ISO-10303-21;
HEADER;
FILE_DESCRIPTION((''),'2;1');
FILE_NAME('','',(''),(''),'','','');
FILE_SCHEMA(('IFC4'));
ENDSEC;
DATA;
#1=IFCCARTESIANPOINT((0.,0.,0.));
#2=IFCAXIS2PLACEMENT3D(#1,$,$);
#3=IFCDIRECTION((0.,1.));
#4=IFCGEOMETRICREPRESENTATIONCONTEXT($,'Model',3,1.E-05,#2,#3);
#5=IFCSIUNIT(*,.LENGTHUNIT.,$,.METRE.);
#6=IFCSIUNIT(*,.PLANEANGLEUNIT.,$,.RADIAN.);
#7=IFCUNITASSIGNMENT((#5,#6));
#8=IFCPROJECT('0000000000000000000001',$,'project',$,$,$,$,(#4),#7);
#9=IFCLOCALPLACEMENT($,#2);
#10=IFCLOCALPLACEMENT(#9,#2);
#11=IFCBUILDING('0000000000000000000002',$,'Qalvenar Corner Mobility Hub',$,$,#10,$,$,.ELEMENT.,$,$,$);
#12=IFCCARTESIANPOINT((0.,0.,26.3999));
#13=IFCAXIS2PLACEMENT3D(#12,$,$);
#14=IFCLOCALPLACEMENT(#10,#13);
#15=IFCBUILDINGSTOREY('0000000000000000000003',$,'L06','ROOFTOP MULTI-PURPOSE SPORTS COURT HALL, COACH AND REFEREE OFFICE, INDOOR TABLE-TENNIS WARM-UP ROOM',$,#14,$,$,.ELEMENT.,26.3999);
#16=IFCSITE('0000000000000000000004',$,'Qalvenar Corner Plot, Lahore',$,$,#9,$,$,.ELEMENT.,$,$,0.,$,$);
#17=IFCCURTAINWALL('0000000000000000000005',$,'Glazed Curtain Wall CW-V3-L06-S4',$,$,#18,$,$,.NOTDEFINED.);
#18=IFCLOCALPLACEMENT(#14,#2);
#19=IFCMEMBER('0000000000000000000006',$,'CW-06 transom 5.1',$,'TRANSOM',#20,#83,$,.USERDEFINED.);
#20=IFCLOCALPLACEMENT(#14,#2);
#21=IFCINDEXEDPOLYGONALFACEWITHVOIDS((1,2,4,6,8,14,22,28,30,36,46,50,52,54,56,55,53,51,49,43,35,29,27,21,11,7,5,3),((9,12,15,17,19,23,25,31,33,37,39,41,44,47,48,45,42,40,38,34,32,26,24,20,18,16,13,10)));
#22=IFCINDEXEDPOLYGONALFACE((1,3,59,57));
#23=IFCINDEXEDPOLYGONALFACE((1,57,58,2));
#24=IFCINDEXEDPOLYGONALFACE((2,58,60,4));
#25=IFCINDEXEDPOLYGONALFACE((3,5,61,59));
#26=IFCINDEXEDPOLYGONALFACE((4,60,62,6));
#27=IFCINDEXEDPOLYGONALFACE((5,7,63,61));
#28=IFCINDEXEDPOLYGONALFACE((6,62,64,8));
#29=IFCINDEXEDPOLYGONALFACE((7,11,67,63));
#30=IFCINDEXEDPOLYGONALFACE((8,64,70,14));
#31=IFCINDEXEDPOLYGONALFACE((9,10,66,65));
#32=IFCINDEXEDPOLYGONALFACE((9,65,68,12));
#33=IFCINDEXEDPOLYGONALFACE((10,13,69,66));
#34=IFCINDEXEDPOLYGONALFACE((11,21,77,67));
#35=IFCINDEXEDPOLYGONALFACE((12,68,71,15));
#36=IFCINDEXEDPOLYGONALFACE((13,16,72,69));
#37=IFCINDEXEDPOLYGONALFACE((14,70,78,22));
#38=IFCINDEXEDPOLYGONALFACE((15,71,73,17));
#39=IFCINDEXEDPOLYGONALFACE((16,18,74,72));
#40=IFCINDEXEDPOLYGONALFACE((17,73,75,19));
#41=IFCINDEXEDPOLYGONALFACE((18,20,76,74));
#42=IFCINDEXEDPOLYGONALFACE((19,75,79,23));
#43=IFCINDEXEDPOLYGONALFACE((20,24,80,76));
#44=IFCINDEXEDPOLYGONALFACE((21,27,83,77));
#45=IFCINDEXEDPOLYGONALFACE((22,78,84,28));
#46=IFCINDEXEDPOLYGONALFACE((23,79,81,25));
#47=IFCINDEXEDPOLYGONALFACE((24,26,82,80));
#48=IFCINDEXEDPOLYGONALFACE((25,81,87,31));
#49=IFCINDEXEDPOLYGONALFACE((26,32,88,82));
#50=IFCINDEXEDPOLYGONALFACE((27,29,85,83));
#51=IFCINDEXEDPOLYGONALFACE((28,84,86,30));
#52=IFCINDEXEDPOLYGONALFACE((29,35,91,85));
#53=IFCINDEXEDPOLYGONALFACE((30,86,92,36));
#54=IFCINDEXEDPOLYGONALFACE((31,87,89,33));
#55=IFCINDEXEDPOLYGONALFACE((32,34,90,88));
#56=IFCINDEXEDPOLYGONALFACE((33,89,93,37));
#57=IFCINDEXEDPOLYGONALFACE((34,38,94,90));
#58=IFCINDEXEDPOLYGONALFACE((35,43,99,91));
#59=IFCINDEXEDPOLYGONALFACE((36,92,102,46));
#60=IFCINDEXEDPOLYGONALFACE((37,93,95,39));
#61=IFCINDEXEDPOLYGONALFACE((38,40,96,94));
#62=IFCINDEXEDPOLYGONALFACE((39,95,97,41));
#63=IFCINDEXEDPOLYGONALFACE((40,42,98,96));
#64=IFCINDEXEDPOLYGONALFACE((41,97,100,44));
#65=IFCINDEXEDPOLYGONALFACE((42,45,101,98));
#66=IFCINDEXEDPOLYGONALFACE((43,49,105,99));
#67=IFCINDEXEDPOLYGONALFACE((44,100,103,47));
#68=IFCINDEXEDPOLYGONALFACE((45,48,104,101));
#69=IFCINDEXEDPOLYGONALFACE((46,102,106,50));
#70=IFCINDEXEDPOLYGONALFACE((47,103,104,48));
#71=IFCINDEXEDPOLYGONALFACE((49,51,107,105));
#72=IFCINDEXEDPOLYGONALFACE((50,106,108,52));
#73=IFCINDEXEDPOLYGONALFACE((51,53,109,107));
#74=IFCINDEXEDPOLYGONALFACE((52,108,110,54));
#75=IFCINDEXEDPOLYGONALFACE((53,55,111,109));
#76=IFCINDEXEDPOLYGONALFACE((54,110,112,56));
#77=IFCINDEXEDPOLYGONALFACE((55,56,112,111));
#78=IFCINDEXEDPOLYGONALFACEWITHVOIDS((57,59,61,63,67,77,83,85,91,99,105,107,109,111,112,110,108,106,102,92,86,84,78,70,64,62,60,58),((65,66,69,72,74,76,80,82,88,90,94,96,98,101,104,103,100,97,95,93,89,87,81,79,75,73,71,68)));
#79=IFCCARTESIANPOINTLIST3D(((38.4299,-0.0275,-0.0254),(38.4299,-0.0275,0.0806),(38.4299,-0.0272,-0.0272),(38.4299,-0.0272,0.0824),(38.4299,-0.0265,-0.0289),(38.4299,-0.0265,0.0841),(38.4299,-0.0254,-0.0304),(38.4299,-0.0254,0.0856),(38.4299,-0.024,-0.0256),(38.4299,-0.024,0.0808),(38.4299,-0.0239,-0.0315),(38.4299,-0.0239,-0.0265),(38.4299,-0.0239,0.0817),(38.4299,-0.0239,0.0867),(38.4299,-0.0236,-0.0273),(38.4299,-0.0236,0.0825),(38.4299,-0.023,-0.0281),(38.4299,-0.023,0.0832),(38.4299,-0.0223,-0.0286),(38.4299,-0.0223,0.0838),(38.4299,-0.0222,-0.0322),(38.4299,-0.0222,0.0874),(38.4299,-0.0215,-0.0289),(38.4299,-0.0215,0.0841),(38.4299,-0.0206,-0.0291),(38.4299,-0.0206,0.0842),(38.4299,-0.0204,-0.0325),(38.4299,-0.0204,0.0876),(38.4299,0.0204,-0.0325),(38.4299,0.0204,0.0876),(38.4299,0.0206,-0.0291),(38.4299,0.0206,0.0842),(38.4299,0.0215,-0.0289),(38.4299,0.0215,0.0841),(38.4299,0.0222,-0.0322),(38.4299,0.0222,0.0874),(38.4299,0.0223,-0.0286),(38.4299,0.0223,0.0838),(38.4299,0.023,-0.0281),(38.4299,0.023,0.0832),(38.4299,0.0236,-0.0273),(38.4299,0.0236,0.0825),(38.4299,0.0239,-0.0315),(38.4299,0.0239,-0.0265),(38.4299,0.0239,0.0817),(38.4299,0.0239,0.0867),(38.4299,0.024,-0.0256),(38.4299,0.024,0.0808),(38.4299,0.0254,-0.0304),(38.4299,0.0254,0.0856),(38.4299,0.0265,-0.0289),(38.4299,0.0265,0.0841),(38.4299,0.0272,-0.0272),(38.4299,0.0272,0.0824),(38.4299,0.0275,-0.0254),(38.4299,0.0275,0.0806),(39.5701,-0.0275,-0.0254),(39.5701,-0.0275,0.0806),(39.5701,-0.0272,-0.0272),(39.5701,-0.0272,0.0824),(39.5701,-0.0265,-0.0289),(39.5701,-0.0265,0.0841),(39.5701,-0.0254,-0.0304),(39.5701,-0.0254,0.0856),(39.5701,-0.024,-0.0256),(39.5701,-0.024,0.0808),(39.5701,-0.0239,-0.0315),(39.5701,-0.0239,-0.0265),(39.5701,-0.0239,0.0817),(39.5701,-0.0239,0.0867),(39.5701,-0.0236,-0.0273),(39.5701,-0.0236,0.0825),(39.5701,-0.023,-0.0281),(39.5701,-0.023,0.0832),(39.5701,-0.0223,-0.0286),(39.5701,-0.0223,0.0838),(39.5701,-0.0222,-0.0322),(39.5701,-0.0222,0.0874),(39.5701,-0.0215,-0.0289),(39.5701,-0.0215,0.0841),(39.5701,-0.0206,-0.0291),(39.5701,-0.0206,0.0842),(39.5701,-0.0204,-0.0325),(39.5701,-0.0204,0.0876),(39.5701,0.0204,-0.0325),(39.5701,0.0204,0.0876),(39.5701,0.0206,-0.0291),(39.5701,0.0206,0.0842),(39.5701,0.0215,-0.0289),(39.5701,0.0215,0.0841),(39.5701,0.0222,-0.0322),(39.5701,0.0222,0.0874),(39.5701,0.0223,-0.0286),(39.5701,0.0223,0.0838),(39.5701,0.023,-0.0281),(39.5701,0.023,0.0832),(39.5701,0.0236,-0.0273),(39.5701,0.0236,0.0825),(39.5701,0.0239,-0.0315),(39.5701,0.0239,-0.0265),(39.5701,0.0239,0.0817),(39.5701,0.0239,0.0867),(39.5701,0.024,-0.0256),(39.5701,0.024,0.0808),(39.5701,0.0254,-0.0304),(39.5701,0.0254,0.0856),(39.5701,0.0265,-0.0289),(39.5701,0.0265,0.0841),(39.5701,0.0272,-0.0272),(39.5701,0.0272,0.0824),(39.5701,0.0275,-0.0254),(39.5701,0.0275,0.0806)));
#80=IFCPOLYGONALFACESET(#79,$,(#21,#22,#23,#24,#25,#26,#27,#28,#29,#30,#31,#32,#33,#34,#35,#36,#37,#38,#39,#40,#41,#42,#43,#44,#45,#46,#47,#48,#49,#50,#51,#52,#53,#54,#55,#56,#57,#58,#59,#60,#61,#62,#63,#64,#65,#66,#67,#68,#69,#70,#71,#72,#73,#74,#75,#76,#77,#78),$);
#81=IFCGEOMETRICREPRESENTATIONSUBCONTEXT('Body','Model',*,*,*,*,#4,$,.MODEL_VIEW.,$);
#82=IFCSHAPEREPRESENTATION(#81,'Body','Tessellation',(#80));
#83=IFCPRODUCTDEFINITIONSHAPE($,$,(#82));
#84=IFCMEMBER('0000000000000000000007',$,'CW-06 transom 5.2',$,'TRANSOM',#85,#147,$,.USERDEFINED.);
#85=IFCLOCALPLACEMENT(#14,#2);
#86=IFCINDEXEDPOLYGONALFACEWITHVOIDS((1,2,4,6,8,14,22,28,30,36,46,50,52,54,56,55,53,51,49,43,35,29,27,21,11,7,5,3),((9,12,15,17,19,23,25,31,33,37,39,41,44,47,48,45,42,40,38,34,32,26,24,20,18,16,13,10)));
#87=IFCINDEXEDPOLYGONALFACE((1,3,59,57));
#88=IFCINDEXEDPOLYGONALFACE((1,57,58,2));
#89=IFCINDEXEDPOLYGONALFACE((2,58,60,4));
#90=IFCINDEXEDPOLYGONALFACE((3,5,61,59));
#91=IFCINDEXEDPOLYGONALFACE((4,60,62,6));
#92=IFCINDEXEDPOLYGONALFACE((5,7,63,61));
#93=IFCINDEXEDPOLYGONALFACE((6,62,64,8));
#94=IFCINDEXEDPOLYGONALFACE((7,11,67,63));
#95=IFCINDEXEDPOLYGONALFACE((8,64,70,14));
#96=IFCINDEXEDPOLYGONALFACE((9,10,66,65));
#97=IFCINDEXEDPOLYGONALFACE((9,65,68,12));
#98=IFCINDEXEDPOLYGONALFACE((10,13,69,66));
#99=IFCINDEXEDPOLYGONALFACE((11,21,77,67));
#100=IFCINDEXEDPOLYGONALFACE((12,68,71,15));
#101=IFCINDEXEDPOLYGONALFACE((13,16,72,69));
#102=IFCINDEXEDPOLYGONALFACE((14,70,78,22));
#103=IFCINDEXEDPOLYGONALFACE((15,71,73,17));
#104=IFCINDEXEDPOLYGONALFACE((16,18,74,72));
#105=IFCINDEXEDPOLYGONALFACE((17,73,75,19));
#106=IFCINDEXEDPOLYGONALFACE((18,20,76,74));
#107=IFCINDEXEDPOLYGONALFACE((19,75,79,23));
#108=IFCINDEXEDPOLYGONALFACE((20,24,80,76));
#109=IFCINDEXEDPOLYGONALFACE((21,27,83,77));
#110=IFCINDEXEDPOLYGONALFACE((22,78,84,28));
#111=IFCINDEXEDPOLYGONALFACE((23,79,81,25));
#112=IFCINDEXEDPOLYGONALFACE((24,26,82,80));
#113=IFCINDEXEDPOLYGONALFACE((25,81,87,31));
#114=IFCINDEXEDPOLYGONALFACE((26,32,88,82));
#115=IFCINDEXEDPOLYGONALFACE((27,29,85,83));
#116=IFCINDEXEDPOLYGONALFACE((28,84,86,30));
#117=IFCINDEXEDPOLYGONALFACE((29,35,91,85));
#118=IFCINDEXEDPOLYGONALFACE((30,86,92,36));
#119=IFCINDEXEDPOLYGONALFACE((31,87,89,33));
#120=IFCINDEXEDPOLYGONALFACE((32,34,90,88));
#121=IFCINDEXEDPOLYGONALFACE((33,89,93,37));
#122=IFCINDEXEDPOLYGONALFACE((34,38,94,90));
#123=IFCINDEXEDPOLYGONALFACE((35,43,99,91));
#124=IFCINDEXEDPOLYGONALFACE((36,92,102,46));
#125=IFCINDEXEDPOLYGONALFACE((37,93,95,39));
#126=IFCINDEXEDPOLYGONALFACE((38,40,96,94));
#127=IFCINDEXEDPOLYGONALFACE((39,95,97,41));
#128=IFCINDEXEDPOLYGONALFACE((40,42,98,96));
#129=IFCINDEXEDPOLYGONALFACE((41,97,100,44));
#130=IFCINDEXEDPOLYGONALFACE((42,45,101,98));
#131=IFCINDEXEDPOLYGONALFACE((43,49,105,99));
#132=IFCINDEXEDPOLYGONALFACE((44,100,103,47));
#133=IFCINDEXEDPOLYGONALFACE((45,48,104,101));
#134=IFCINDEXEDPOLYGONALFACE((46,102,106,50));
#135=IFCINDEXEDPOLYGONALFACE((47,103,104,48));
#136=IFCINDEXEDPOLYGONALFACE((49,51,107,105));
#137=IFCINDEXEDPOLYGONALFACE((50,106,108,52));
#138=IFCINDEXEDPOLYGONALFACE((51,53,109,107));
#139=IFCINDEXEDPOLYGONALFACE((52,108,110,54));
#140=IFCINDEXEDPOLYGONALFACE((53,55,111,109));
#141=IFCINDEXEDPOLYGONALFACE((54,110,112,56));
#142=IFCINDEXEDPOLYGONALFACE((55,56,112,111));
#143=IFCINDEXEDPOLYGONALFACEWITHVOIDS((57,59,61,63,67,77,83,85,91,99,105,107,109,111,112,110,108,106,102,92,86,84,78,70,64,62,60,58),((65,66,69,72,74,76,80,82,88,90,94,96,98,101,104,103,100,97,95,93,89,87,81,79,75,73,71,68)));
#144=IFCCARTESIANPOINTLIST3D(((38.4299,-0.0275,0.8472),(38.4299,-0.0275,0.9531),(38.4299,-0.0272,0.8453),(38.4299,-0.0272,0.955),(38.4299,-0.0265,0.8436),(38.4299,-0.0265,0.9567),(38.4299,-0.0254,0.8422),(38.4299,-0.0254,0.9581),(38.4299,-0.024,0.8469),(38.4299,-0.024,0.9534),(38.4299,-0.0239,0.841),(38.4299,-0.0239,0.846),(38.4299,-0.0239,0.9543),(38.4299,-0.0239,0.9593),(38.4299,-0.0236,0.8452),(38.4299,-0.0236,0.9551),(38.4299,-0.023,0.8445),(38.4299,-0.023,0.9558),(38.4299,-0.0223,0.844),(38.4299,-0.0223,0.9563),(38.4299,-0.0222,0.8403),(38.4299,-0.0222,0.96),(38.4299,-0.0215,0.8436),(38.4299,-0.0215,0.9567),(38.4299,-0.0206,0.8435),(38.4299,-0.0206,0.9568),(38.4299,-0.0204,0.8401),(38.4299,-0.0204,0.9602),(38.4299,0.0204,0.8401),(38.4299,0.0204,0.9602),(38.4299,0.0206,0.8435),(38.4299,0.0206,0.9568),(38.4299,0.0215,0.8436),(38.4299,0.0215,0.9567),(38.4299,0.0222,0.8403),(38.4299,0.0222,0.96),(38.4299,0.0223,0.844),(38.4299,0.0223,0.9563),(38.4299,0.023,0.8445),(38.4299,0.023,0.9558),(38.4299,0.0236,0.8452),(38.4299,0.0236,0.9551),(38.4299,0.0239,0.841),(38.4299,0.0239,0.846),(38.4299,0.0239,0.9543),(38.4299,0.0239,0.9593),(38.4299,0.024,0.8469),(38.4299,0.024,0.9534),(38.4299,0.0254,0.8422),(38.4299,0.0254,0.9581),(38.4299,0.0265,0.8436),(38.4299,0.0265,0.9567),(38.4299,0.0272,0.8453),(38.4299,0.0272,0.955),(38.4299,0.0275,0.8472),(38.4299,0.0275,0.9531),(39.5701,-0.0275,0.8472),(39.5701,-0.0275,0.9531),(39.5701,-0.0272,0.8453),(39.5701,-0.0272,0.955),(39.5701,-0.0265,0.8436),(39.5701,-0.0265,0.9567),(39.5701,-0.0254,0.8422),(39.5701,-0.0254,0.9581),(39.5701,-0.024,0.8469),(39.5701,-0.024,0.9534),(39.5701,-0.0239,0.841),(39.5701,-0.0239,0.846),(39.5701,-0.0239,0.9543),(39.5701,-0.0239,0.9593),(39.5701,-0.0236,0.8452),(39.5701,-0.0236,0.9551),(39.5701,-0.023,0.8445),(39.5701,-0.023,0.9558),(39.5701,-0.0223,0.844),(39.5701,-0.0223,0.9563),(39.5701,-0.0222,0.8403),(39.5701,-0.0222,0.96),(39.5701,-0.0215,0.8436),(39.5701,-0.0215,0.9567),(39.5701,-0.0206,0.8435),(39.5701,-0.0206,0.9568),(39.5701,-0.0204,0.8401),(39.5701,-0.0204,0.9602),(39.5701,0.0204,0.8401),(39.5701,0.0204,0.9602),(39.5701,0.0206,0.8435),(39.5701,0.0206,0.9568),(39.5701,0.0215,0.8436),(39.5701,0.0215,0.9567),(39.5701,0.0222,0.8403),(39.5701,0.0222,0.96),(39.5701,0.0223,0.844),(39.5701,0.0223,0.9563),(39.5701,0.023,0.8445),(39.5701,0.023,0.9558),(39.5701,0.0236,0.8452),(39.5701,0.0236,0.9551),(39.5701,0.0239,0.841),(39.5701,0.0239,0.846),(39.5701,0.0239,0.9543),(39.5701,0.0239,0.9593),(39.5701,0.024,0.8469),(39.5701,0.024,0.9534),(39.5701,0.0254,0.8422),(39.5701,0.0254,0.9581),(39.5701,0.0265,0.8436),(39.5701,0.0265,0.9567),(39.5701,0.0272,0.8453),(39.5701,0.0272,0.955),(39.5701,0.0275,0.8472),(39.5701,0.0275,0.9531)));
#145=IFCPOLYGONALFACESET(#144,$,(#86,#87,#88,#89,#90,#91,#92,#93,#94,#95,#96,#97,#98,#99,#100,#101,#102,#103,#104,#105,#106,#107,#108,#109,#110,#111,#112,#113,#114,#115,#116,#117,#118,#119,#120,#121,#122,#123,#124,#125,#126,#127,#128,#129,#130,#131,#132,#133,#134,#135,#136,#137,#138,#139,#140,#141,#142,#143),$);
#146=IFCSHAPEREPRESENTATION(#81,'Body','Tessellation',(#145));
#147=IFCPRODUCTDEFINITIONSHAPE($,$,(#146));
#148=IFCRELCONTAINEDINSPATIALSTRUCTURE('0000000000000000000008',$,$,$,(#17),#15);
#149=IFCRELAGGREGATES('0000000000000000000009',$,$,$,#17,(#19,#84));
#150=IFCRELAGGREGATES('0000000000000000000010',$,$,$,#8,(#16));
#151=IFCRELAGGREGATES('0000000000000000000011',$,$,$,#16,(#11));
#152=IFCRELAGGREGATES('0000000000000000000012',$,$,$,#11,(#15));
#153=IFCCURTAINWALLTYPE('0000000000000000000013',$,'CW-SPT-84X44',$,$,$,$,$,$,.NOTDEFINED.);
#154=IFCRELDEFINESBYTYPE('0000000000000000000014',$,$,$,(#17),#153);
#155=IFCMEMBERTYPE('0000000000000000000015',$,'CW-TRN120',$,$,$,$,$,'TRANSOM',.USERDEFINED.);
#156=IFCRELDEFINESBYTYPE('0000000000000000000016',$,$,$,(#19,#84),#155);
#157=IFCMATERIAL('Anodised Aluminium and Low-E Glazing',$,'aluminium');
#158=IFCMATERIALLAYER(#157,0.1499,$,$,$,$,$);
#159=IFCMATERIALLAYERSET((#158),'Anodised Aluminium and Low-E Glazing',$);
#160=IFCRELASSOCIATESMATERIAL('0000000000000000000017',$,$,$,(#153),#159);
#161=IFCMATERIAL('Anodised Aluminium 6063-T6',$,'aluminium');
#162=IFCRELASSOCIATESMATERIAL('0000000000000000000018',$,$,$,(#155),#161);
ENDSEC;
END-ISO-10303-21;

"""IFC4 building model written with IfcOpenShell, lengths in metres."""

from ifc_helpers import new_model, si_unit, direction, frame, origin, origin_2d, place, context, subcontext, project, spatial, hollow_rectangle, extrude, material, layer, layer_set, material_profile, profile_set, type_object, element, aggregate, save


model = new_model("IFC4")

# Units and contexts
model_context = context("Model", 3, precision=1e-05, world=origin(), true_north=direction((0.0, 1.0)))
body_context = subcontext(model_context, "Body", "Model", "MODEL_VIEW")
ifc_project = project(units=[si_unit("LENGTHUNIT", "METRE"), si_unit("PLANEANGLEUNIT", "RADIAN")], contexts=[model_context])

# Site, building, storey
site_placement = place(None, origin())
site = spatial("IfcSite", under=ifc_project, at=site_placement, Name="Qalvenar Corner Plot, Lahore", CompositionType="ELEMENT", RefElevation=0.0)
building_placement = place(site_placement, origin())
building = spatial("IfcBuilding", under=site, at=building_placement, Name="Qalvenar Corner Mobility Hub", CompositionType="ELEMENT")
storey_placement = place(building_placement, frame((0.0, 0.0, 26.3999)))
storey = spatial("IfcBuildingStorey", under=building, at=storey_placement, Name="L06", Description="ROOFTOP MULTI-PURPOSE SPORTS COURT HALL, COACH AND REFEREE OFFICE, INDOOR TABLE-TENNIS WARM-UP ROOM", CompositionType="ELEMENT", Elevation=26.3999)

# Curtain wall, members
ifc_material_1 = material(Name="Anodised Aluminium and Low-E Glazing", Category="aluminium")
ifc_layer_1 = layer(ifc_material_1, 0.1499)
ifc_layer_set_1 = layer_set([ifc_layer_1], Name="Anodised Aluminium and Low-E Glazing")
curtain_wall_type = type_object("IfcCurtainWallType", Name="CW-SPT-84X44", PredefinedType="NOTDEFINED", material=ifc_layer_set_1)
curtain_wall_placement = place(storey_placement, origin())
curtain_wall = element("IfcCurtainWall", 1, at=curtain_wall_placement, inside=storey, type_object=curtain_wall_type, Name="Glazed Curtain Wall CW-V3-L06-S4", PredefinedType="NOTDEFINED")
ifc_material_2 = material(Name="Anodised Aluminium 6063-T6", Category="aluminium")
ifc_material_profile_1 = material_profile(ifc_material_2, hollow_rectangle(XDim=0.0549, YDim=0.1201, WallThickness=0.0034, InnerFilletRadius=0.0034, OuterFilletRadius=0.0071, at=origin_2d()), Name="RHS120x55x3.5")
ifc_profile_set_1 = profile_set([ifc_material_profile_1], Name="Anodised Aluminium 6063-T6")
member_type_1 = type_object("IfcMemberType", Name="CW-TRN120", ElementType="TRANSOM", PredefinedType="USERDEFINED", material=ifc_profile_set_1)
member_1_placement = place(storey_placement, frame((38.4299, 0.0, 0.0276), z_axis=(1.0, 0.0, 0.0), x_axis=(0.0, 1.0, 0.0)))
member_1 = element("IfcMember", 2, at=member_1_placement, type_object=member_type_1, Name="CW-06 transom 5.1", ObjectType="TRANSOM", PredefinedType="USERDEFINED", context=body_context, shape_type="SweptSolid", body=[
    extrude(hollow_rectangle(XDim=0.0549, YDim=0.1201, WallThickness=0.0034, InnerFilletRadius=0.0034, OuterFilletRadius=0.0071, at=origin_2d()), origin(), (0.0, 0.0, 1.0), 1.1401),
])
member_2_placement = place(storey_placement, frame((38.4299, 0.0, 0.9001), z_axis=(1.0, 0.0, 0.0), x_axis=(0.0, 1.0, 0.0)))
member_2 = element("IfcMember", 3, at=member_2_placement, type_object=member_type_1, Name="CW-06 transom 5.2", ObjectType="TRANSOM", PredefinedType="USERDEFINED", context=body_context, shape_type="SweptSolid", body=[
    extrude(hollow_rectangle(XDim=0.0549, YDim=0.1201, WallThickness=0.0034, InnerFilletRadius=0.0034, OuterFilletRadius=0.0071, at=origin_2d()), origin(), (0.0, 0.0, 1.0), 1.1401),
])
aggregate(curtain_wall, [member_1, member_2])

save(model, "model.ifc")
